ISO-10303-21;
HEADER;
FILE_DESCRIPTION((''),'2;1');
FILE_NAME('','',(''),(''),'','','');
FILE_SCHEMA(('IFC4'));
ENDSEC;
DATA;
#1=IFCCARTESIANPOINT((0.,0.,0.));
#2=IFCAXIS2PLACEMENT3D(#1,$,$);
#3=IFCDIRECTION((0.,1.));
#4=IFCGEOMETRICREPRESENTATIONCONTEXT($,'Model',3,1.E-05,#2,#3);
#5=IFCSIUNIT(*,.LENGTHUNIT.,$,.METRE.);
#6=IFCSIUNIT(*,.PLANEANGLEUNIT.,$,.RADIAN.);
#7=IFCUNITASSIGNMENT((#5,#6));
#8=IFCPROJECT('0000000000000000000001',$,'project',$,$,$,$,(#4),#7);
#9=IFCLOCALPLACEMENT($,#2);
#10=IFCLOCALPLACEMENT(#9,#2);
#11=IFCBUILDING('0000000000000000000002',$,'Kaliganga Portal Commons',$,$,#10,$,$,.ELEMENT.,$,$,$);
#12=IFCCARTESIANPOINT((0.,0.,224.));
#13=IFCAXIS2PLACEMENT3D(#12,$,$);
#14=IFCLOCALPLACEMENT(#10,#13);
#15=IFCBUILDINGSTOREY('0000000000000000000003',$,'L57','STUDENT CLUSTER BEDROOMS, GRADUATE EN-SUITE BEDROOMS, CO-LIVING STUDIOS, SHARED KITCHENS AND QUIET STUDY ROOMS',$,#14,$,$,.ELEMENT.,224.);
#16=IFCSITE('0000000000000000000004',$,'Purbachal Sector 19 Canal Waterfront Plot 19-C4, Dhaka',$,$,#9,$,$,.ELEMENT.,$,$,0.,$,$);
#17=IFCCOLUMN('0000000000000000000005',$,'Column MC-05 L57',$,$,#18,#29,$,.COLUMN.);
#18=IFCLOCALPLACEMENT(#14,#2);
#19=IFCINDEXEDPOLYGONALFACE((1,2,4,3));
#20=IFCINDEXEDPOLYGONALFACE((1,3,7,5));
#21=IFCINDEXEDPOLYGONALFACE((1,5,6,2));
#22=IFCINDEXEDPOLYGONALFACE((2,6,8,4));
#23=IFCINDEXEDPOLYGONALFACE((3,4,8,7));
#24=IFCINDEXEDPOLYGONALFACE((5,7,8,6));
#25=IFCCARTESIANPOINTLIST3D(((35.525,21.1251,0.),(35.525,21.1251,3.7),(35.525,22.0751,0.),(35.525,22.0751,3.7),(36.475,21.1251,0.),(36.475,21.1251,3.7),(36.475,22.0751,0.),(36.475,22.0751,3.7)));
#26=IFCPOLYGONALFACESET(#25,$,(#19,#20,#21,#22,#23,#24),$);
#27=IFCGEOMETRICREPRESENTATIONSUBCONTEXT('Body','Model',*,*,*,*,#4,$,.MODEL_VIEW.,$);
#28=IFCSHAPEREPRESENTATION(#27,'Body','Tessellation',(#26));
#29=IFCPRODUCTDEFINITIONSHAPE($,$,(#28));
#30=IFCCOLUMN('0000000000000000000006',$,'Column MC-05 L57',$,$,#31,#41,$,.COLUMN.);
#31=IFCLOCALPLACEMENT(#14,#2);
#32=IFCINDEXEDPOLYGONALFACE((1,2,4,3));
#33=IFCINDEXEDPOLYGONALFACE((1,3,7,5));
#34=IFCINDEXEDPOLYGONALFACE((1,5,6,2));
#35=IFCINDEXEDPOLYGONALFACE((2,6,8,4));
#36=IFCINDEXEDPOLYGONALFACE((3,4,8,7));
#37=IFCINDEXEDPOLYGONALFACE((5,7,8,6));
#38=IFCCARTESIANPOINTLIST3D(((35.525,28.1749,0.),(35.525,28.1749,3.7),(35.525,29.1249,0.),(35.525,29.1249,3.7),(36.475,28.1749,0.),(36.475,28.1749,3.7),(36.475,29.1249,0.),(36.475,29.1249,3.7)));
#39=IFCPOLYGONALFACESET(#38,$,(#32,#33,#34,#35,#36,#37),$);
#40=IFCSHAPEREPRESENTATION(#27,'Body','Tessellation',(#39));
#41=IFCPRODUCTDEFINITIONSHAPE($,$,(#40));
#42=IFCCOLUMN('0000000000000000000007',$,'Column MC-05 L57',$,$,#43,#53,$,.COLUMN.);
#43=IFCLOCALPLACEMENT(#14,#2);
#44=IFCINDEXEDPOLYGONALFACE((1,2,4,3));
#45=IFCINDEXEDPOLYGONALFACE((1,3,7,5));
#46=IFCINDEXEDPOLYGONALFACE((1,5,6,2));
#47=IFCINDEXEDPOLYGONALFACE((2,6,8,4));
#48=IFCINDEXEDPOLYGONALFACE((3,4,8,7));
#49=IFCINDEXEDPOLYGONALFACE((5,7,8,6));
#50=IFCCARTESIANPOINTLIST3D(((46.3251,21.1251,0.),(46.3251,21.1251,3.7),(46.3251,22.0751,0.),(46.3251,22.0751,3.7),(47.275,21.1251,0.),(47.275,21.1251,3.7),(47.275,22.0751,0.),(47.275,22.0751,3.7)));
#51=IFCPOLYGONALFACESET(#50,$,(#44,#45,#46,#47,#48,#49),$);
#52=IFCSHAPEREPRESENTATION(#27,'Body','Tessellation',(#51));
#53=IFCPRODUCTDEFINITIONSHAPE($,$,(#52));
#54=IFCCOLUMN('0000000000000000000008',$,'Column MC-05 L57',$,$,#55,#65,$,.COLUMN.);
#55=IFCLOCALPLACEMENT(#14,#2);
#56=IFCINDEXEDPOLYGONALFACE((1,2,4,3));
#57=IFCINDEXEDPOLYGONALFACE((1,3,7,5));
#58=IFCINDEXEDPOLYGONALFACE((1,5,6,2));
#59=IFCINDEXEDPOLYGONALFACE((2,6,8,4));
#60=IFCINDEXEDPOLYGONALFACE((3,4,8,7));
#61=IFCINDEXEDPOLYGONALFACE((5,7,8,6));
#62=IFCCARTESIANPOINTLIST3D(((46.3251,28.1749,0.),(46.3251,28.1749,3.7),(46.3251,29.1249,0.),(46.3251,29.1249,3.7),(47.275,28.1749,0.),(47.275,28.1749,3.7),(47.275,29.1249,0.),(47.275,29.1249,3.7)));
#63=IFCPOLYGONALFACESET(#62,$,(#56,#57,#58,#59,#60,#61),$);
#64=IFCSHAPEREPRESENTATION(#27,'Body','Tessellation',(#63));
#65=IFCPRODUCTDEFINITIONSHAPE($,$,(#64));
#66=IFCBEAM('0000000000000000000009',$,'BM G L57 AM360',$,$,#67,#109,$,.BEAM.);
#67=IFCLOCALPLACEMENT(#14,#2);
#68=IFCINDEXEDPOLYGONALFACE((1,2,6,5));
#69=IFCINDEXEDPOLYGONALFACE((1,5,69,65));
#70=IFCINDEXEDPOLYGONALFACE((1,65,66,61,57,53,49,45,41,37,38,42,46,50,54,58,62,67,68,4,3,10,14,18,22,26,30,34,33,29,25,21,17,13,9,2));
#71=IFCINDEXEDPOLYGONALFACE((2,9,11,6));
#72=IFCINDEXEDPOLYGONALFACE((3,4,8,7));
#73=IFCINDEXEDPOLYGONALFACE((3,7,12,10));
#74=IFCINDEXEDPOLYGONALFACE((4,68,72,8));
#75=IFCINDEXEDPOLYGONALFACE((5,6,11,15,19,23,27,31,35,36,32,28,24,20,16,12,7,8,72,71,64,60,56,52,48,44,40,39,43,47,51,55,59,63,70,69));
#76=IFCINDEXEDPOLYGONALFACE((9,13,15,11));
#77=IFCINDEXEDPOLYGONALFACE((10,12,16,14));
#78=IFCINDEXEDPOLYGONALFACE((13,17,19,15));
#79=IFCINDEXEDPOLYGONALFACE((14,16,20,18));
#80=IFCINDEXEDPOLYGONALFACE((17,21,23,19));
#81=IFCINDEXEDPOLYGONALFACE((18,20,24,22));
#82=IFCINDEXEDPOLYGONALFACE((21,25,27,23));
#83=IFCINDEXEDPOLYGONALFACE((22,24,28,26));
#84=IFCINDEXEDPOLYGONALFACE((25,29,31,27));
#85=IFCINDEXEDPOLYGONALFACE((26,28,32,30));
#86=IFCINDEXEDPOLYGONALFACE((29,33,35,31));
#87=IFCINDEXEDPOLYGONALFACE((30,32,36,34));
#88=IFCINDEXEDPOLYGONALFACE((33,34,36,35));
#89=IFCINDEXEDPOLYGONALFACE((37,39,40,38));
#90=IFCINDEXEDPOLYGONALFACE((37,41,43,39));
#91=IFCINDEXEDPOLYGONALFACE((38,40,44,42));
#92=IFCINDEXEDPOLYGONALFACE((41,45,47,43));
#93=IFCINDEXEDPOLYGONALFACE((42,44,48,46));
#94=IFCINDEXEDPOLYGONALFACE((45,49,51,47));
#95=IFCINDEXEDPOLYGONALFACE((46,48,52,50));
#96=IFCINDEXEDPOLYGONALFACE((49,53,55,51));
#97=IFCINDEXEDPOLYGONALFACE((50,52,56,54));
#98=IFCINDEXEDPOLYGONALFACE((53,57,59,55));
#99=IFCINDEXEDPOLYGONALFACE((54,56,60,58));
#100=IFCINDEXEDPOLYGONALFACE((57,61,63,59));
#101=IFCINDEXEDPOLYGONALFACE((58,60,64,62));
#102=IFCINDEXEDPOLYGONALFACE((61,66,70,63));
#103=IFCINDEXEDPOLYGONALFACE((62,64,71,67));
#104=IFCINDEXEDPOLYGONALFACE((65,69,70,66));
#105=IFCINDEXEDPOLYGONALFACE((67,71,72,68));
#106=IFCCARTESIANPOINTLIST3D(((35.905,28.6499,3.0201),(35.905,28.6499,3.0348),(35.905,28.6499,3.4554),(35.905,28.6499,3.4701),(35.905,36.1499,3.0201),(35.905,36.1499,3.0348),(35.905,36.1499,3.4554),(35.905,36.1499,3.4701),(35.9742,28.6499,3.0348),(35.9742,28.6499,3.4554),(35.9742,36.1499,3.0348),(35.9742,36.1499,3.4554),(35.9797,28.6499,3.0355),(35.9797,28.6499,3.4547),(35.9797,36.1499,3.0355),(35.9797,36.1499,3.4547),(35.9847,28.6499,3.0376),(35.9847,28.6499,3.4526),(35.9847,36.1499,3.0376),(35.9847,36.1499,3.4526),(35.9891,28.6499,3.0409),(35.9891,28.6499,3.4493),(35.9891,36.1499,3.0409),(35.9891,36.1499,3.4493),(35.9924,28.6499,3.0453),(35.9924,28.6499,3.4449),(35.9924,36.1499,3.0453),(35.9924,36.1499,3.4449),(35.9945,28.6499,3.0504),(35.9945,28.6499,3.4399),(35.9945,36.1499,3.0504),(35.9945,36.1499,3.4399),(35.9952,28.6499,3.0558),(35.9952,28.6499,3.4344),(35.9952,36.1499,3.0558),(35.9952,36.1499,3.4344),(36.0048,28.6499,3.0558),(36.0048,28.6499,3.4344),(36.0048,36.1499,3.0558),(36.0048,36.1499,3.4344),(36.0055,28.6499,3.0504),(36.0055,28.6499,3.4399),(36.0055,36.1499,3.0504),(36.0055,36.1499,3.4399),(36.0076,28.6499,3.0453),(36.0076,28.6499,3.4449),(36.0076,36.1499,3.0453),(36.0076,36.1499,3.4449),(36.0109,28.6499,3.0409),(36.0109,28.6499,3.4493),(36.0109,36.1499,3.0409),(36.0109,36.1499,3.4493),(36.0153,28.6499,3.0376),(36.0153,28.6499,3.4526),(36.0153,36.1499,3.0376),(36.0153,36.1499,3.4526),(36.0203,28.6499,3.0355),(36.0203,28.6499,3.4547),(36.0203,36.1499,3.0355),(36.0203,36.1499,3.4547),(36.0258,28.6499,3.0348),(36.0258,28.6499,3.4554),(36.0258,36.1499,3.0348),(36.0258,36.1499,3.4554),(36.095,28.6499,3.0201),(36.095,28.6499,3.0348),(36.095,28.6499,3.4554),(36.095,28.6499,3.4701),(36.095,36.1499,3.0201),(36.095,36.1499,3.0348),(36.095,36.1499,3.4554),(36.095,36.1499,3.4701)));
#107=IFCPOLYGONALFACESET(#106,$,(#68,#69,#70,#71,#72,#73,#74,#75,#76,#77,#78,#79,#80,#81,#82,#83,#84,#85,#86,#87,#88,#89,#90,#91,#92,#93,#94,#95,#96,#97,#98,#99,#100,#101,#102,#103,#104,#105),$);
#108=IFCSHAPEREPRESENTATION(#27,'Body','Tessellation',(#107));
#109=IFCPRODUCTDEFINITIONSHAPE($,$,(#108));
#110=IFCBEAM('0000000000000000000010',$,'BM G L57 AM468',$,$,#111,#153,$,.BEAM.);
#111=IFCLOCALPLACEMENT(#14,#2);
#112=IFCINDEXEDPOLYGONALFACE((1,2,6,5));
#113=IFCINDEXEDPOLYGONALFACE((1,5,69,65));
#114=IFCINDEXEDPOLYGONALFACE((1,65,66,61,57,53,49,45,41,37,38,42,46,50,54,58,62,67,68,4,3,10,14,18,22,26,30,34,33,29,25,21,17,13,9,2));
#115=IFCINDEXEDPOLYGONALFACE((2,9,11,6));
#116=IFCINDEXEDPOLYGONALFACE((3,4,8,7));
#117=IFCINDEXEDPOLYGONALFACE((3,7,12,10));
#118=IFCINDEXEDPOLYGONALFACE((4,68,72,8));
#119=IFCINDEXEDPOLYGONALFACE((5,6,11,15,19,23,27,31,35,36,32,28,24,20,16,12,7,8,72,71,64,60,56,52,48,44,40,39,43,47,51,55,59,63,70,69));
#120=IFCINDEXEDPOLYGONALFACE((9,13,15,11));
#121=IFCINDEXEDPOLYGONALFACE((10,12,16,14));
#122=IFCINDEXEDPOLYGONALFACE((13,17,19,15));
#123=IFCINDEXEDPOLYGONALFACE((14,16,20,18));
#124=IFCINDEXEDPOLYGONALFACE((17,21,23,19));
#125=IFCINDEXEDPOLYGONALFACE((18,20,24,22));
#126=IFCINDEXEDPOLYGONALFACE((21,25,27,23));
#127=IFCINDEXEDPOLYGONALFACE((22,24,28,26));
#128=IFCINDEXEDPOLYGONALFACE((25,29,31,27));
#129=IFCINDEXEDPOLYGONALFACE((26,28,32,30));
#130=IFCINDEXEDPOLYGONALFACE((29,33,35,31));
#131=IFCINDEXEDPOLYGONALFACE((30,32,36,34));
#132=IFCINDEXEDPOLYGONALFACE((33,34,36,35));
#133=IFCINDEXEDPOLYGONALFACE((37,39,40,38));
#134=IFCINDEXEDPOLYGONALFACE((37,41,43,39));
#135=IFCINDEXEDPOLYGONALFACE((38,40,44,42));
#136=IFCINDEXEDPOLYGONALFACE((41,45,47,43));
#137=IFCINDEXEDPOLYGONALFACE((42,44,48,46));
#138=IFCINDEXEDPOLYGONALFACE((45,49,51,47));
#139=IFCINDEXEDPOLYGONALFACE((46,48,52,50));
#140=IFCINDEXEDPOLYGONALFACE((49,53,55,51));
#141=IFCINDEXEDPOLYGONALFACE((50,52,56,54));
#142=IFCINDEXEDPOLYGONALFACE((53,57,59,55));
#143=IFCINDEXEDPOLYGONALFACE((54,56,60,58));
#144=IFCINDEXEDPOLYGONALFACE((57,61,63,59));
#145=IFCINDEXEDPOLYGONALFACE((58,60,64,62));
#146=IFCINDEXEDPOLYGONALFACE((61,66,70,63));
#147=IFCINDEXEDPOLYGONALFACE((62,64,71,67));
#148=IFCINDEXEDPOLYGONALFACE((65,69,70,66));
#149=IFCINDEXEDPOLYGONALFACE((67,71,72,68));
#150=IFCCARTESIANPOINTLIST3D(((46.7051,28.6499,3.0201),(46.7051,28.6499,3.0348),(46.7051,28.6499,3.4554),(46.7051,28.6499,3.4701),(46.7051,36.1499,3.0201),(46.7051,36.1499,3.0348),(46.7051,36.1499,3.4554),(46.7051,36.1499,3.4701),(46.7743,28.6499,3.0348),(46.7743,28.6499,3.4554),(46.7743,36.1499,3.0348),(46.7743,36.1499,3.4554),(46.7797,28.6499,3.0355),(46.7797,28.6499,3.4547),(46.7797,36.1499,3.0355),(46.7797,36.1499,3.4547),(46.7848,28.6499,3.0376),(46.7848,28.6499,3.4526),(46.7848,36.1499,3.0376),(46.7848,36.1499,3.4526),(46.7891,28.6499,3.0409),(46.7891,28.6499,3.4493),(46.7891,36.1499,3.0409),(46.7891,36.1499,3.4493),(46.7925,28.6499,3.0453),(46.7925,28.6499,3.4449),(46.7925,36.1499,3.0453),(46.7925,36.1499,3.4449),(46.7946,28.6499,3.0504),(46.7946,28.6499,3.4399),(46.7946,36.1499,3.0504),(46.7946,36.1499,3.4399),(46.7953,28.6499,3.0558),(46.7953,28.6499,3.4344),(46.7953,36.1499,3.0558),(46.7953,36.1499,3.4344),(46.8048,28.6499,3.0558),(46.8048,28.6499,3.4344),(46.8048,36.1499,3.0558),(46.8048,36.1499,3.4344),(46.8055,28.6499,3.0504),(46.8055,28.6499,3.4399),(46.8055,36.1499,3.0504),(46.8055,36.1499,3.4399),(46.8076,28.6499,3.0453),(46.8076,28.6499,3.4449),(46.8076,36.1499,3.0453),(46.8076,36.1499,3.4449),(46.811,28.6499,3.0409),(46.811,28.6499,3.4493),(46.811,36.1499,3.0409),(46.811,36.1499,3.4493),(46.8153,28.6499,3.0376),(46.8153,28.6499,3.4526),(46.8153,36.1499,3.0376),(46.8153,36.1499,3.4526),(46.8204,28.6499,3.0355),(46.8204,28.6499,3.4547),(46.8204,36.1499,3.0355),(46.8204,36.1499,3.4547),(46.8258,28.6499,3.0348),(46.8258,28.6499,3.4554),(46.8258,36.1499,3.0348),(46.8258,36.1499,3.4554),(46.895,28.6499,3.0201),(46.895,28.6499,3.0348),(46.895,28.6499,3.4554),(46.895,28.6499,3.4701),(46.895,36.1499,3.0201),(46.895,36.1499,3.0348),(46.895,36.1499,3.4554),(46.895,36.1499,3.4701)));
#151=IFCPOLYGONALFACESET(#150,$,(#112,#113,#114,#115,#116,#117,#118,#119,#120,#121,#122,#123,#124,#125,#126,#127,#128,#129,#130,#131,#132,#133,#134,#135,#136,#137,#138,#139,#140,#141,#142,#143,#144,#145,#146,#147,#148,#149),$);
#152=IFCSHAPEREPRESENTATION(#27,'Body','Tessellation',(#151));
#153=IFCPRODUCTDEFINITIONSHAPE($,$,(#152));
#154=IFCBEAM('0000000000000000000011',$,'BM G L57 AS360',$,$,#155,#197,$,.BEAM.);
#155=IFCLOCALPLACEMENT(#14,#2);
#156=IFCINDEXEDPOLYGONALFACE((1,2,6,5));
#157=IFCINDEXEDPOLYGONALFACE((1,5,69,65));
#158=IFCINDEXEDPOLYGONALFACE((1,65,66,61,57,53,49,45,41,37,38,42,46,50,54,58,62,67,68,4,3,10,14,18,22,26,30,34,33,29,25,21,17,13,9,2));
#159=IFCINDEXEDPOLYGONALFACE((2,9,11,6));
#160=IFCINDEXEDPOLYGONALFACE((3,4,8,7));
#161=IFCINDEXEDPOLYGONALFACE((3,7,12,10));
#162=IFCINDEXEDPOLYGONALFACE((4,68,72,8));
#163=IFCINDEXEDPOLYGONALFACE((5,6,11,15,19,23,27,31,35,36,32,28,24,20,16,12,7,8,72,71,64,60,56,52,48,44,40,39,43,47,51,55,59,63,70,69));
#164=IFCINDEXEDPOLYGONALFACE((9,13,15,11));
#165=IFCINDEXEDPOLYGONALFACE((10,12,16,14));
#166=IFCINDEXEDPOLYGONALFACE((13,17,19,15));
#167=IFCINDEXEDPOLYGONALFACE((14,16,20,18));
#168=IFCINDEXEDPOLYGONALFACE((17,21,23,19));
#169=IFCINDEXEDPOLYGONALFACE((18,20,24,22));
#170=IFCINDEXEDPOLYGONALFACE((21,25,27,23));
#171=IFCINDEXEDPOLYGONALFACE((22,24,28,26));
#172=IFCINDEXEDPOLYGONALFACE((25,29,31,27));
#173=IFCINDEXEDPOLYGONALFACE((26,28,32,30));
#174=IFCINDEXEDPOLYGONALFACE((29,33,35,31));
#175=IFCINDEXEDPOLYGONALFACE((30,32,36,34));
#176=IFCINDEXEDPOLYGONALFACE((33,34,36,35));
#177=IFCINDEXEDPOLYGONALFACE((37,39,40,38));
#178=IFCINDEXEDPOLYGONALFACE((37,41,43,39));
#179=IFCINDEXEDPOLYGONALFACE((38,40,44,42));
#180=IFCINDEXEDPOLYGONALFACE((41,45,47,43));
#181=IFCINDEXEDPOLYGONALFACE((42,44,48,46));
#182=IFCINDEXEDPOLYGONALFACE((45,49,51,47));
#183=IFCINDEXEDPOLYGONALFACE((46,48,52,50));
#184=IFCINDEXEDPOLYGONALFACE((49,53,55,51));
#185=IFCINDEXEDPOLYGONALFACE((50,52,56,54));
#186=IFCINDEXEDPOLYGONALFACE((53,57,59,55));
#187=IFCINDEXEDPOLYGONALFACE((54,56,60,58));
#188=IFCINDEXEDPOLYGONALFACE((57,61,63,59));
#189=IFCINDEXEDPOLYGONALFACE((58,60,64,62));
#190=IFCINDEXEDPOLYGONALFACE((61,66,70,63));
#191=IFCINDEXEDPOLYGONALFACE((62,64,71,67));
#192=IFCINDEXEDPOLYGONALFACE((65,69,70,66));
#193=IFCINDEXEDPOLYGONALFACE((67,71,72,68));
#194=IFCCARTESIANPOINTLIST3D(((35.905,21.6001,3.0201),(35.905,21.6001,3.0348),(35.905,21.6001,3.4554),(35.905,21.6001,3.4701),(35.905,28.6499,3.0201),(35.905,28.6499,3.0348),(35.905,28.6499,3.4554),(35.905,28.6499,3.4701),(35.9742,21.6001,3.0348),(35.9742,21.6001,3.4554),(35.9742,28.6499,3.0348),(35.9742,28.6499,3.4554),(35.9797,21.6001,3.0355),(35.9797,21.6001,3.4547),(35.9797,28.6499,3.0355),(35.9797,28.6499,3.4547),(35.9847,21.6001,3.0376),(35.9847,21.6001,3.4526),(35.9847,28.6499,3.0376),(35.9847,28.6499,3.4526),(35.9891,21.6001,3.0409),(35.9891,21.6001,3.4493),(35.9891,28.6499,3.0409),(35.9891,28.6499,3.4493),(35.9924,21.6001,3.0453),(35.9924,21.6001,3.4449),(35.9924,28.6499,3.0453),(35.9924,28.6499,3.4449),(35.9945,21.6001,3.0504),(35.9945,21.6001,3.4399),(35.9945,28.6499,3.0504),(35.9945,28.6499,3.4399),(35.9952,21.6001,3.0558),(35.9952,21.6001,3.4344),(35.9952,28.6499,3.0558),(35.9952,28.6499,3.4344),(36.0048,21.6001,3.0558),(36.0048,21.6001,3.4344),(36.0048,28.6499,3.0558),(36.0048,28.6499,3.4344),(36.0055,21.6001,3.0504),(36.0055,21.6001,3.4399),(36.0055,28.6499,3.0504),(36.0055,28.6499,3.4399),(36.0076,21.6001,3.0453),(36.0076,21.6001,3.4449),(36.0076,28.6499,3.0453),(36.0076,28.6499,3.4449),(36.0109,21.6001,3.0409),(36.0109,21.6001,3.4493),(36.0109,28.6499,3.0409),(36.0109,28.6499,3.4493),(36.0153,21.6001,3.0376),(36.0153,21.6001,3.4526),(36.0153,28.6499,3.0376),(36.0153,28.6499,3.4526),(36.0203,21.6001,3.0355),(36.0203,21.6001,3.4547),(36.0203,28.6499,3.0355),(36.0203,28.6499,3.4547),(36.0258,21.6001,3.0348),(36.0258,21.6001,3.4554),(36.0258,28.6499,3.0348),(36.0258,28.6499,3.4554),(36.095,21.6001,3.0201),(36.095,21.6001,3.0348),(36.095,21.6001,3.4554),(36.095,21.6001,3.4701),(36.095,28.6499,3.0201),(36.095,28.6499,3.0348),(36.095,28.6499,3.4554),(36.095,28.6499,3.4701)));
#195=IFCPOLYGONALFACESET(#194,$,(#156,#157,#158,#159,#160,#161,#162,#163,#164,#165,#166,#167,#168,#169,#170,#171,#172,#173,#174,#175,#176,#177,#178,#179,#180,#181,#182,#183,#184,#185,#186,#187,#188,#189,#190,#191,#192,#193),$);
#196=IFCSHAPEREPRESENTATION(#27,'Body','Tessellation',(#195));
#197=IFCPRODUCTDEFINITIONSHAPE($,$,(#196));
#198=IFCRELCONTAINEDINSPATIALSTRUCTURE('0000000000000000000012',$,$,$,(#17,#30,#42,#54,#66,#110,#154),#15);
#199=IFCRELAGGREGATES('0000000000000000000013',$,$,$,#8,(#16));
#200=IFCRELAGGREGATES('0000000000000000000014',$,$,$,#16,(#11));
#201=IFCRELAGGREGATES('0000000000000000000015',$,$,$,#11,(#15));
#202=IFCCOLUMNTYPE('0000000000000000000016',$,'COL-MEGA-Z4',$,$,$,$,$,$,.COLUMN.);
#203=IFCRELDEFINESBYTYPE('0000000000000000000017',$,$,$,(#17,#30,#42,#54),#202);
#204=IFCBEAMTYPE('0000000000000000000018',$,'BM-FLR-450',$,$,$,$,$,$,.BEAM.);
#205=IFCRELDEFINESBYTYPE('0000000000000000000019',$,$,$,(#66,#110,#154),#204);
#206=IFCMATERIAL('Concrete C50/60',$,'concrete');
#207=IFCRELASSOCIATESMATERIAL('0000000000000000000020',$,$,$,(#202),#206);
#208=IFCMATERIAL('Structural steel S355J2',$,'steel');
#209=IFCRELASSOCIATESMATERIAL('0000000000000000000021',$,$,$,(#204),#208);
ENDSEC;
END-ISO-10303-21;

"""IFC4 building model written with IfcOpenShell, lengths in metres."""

from ifc_helpers import new_model, si_unit, direction, frame, origin, origin_2d, place, context, subcontext, project, spatial, rectangle, i_section, extrude, source, transform, mapped, material, material_profile, profile_set, type_object, element, save


model = new_model("IFC4")

# Units and contexts
model_context = context("Model", 3, precision=1e-05, world=origin(), true_north=direction((0.0, 1.0)))
body_context = subcontext(model_context, "Body", "Model", "MODEL_VIEW")
ifc_project = project(units=[si_unit("LENGTHUNIT", "METRE"), si_unit("PLANEANGLEUNIT", "RADIAN")], contexts=[model_context])

# Site, building, storey
site_placement = place(None, origin())
site = spatial("IfcSite", under=ifc_project, at=site_placement, Name="Purbachal Sector 19 Canal Waterfront Plot 19-C4, Dhaka", CompositionType="ELEMENT", RefElevation=0.0)
building_placement = place(site_placement, origin())
building = spatial("IfcBuilding", under=site, at=building_placement, Name="Kaliganga Portal Commons", CompositionType="ELEMENT")
storey_placement = place(building_placement, frame((0.0, 0.0, 224.0)))
storey = spatial("IfcBuildingStorey", under=building, at=storey_placement, Name="L57", Description="STUDENT CLUSTER BEDROOMS, GRADUATE EN-SUITE BEDROOMS, CO-LIVING STUDIOS, SHARED KITCHENS AND QUIET STUDY ROOMS", CompositionType="ELEMENT", Elevation=224.0)

# Columns
ifc_material_1 = material(Name="Concrete C50/60", Category="concrete")
ifc_material_profile_1 = material_profile(ifc_material_1, rectangle(XDim=0.95, YDim=0.95, at=origin_2d()), Name="RC 950x950")
ifc_profile_set_1 = profile_set([ifc_material_profile_1], Name="Concrete C50/60")
column_type = type_object("IfcColumnType", Name="COL-MEGA-Z4", PredefinedType="COLUMN", material=ifc_profile_set_1)
shared_shape_1 = source(origin(), body_context, "Body", "SweptSolid", [
    extrude(rectangle(XDim=0.95, YDim=0.95, at=origin_2d()), origin(), (0.0, 0.0, 1.0), 3.7),
])
for number, where, z_axis, x_axis, name in (
    (1, (36.0, 21.6001, 0.0), (0.0, 0.0, 1.0), (1.0, 0.0, 0.0), "Column MC-05 L57"),
    (2, (36.0, 28.6499, 0.0), (0.0, 0.0, 1.0), (1.0, 0.0, 0.0), "Column MC-05 L57"),
    (3, (46.8, 21.6001, 0.0), (0.0, 0.0, 1.0), (1.0, 0.0, 0.0), "Column MC-05 L57"),
    (4, (46.8, 28.6499, 0.0), (0.0, 0.0, 1.0), (1.0, 0.0, 0.0), "Column MC-05 L57"),
):
    element("IfcColumn", number, at=place(storey_placement, frame(where, z_axis=z_axis, x_axis=x_axis)), inside=storey, type_object=column_type, Name=name, PredefinedType="COLUMN", context=body_context, shape_type="MappedRepresentation", body=[
        mapped(shared_shape_1, transform((0.0, 0.0, 0.0), x_axis=(1.0, 0.0, 0.0), y_axis=(0.0, 1.0, 0.0), z_axis=(0.0, 0.0, 1.0), scale=1.0)),
    ])

# Beams
ifc_material_2 = material(Name="Structural steel S355J2", Category="steel")
ifc_material_profile_2 = material_profile(ifc_material_2, i_section(OverallWidth=0.1899, OverallDepth=0.45, WebThickness=0.0095, FlangeThickness=0.0146, FilletRadius=0.021, at=origin_2d()), Name="IPE 450")
ifc_profile_set_2 = profile_set([ifc_material_profile_2], Name="Structural steel S355J2 wide-flange")
beam_type_1 = type_object("IfcBeamType", Name="BM-FLR-450", PredefinedType="BEAM", material=ifc_profile_set_2)
shared_shape_2 = source(origin(), body_context, "Body", "SweptSolid", [
    extrude(i_section(OverallWidth=0.1899, OverallDepth=0.45, WebThickness=0.0095, FlangeThickness=0.0146, FilletRadius=0.021, at=origin_2d()), origin(), (0.0, 0.0, 1.0), 7.5),
])
for number, where, z_axis, x_axis, name in (
    (5, (36.0, 28.6499, 3.2451), (0.0, 1.0, 0.0), (-1.0, 0.0, 0.0), "BM G L57 AM360"),
    (6, (46.8, 28.6499, 3.2451), (0.0, 1.0, 0.0), (-1.0, 0.0, 0.0), "BM G L57 AM468"),
):
    element("IfcBeam", number, at=place(storey_placement, frame(where, z_axis=z_axis, x_axis=x_axis)), inside=storey, type_object=beam_type_1, Name=name, PredefinedType="BEAM", context=body_context, shape_type="MappedRepresentation", body=[
        mapped(shared_shape_2, transform((0.0, 0.0, 0.0), x_axis=(1.0, 0.0, 0.0), y_axis=(0.0, 1.0, 0.0), z_axis=(0.0, 0.0, 1.0), scale=1.0)),
    ])
shared_shape_3 = source(origin(), body_context, "Body", "SweptSolid", [
    extrude(i_section(OverallWidth=0.1899, OverallDepth=0.45, WebThickness=0.0095, FlangeThickness=0.0146, FilletRadius=0.021, at=origin_2d()), origin(), (0.0, 0.0, 1.0), 7.0498),
])
for number, where, z_axis, x_axis, name in (
    (7, (36.0, 21.6001, 3.2451), (0.0, 1.0, 0.0), (-1.0, 0.0, 0.0), "BM G L57 AS360"),
):
    element("IfcBeam", number, at=place(storey_placement, frame(where, z_axis=z_axis, x_axis=x_axis)), inside=storey, type_object=beam_type_1, Name=name, PredefinedType="BEAM", context=body_context, shape_type="MappedRepresentation", body=[
        mapped(shared_shape_3, transform((0.0, 0.0, 0.0), x_axis=(1.0, 0.0, 0.0), y_axis=(0.0, 1.0, 0.0), z_axis=(0.0, 0.0, 1.0), scale=1.0)),
    ])

save(model, "model.ifc")
